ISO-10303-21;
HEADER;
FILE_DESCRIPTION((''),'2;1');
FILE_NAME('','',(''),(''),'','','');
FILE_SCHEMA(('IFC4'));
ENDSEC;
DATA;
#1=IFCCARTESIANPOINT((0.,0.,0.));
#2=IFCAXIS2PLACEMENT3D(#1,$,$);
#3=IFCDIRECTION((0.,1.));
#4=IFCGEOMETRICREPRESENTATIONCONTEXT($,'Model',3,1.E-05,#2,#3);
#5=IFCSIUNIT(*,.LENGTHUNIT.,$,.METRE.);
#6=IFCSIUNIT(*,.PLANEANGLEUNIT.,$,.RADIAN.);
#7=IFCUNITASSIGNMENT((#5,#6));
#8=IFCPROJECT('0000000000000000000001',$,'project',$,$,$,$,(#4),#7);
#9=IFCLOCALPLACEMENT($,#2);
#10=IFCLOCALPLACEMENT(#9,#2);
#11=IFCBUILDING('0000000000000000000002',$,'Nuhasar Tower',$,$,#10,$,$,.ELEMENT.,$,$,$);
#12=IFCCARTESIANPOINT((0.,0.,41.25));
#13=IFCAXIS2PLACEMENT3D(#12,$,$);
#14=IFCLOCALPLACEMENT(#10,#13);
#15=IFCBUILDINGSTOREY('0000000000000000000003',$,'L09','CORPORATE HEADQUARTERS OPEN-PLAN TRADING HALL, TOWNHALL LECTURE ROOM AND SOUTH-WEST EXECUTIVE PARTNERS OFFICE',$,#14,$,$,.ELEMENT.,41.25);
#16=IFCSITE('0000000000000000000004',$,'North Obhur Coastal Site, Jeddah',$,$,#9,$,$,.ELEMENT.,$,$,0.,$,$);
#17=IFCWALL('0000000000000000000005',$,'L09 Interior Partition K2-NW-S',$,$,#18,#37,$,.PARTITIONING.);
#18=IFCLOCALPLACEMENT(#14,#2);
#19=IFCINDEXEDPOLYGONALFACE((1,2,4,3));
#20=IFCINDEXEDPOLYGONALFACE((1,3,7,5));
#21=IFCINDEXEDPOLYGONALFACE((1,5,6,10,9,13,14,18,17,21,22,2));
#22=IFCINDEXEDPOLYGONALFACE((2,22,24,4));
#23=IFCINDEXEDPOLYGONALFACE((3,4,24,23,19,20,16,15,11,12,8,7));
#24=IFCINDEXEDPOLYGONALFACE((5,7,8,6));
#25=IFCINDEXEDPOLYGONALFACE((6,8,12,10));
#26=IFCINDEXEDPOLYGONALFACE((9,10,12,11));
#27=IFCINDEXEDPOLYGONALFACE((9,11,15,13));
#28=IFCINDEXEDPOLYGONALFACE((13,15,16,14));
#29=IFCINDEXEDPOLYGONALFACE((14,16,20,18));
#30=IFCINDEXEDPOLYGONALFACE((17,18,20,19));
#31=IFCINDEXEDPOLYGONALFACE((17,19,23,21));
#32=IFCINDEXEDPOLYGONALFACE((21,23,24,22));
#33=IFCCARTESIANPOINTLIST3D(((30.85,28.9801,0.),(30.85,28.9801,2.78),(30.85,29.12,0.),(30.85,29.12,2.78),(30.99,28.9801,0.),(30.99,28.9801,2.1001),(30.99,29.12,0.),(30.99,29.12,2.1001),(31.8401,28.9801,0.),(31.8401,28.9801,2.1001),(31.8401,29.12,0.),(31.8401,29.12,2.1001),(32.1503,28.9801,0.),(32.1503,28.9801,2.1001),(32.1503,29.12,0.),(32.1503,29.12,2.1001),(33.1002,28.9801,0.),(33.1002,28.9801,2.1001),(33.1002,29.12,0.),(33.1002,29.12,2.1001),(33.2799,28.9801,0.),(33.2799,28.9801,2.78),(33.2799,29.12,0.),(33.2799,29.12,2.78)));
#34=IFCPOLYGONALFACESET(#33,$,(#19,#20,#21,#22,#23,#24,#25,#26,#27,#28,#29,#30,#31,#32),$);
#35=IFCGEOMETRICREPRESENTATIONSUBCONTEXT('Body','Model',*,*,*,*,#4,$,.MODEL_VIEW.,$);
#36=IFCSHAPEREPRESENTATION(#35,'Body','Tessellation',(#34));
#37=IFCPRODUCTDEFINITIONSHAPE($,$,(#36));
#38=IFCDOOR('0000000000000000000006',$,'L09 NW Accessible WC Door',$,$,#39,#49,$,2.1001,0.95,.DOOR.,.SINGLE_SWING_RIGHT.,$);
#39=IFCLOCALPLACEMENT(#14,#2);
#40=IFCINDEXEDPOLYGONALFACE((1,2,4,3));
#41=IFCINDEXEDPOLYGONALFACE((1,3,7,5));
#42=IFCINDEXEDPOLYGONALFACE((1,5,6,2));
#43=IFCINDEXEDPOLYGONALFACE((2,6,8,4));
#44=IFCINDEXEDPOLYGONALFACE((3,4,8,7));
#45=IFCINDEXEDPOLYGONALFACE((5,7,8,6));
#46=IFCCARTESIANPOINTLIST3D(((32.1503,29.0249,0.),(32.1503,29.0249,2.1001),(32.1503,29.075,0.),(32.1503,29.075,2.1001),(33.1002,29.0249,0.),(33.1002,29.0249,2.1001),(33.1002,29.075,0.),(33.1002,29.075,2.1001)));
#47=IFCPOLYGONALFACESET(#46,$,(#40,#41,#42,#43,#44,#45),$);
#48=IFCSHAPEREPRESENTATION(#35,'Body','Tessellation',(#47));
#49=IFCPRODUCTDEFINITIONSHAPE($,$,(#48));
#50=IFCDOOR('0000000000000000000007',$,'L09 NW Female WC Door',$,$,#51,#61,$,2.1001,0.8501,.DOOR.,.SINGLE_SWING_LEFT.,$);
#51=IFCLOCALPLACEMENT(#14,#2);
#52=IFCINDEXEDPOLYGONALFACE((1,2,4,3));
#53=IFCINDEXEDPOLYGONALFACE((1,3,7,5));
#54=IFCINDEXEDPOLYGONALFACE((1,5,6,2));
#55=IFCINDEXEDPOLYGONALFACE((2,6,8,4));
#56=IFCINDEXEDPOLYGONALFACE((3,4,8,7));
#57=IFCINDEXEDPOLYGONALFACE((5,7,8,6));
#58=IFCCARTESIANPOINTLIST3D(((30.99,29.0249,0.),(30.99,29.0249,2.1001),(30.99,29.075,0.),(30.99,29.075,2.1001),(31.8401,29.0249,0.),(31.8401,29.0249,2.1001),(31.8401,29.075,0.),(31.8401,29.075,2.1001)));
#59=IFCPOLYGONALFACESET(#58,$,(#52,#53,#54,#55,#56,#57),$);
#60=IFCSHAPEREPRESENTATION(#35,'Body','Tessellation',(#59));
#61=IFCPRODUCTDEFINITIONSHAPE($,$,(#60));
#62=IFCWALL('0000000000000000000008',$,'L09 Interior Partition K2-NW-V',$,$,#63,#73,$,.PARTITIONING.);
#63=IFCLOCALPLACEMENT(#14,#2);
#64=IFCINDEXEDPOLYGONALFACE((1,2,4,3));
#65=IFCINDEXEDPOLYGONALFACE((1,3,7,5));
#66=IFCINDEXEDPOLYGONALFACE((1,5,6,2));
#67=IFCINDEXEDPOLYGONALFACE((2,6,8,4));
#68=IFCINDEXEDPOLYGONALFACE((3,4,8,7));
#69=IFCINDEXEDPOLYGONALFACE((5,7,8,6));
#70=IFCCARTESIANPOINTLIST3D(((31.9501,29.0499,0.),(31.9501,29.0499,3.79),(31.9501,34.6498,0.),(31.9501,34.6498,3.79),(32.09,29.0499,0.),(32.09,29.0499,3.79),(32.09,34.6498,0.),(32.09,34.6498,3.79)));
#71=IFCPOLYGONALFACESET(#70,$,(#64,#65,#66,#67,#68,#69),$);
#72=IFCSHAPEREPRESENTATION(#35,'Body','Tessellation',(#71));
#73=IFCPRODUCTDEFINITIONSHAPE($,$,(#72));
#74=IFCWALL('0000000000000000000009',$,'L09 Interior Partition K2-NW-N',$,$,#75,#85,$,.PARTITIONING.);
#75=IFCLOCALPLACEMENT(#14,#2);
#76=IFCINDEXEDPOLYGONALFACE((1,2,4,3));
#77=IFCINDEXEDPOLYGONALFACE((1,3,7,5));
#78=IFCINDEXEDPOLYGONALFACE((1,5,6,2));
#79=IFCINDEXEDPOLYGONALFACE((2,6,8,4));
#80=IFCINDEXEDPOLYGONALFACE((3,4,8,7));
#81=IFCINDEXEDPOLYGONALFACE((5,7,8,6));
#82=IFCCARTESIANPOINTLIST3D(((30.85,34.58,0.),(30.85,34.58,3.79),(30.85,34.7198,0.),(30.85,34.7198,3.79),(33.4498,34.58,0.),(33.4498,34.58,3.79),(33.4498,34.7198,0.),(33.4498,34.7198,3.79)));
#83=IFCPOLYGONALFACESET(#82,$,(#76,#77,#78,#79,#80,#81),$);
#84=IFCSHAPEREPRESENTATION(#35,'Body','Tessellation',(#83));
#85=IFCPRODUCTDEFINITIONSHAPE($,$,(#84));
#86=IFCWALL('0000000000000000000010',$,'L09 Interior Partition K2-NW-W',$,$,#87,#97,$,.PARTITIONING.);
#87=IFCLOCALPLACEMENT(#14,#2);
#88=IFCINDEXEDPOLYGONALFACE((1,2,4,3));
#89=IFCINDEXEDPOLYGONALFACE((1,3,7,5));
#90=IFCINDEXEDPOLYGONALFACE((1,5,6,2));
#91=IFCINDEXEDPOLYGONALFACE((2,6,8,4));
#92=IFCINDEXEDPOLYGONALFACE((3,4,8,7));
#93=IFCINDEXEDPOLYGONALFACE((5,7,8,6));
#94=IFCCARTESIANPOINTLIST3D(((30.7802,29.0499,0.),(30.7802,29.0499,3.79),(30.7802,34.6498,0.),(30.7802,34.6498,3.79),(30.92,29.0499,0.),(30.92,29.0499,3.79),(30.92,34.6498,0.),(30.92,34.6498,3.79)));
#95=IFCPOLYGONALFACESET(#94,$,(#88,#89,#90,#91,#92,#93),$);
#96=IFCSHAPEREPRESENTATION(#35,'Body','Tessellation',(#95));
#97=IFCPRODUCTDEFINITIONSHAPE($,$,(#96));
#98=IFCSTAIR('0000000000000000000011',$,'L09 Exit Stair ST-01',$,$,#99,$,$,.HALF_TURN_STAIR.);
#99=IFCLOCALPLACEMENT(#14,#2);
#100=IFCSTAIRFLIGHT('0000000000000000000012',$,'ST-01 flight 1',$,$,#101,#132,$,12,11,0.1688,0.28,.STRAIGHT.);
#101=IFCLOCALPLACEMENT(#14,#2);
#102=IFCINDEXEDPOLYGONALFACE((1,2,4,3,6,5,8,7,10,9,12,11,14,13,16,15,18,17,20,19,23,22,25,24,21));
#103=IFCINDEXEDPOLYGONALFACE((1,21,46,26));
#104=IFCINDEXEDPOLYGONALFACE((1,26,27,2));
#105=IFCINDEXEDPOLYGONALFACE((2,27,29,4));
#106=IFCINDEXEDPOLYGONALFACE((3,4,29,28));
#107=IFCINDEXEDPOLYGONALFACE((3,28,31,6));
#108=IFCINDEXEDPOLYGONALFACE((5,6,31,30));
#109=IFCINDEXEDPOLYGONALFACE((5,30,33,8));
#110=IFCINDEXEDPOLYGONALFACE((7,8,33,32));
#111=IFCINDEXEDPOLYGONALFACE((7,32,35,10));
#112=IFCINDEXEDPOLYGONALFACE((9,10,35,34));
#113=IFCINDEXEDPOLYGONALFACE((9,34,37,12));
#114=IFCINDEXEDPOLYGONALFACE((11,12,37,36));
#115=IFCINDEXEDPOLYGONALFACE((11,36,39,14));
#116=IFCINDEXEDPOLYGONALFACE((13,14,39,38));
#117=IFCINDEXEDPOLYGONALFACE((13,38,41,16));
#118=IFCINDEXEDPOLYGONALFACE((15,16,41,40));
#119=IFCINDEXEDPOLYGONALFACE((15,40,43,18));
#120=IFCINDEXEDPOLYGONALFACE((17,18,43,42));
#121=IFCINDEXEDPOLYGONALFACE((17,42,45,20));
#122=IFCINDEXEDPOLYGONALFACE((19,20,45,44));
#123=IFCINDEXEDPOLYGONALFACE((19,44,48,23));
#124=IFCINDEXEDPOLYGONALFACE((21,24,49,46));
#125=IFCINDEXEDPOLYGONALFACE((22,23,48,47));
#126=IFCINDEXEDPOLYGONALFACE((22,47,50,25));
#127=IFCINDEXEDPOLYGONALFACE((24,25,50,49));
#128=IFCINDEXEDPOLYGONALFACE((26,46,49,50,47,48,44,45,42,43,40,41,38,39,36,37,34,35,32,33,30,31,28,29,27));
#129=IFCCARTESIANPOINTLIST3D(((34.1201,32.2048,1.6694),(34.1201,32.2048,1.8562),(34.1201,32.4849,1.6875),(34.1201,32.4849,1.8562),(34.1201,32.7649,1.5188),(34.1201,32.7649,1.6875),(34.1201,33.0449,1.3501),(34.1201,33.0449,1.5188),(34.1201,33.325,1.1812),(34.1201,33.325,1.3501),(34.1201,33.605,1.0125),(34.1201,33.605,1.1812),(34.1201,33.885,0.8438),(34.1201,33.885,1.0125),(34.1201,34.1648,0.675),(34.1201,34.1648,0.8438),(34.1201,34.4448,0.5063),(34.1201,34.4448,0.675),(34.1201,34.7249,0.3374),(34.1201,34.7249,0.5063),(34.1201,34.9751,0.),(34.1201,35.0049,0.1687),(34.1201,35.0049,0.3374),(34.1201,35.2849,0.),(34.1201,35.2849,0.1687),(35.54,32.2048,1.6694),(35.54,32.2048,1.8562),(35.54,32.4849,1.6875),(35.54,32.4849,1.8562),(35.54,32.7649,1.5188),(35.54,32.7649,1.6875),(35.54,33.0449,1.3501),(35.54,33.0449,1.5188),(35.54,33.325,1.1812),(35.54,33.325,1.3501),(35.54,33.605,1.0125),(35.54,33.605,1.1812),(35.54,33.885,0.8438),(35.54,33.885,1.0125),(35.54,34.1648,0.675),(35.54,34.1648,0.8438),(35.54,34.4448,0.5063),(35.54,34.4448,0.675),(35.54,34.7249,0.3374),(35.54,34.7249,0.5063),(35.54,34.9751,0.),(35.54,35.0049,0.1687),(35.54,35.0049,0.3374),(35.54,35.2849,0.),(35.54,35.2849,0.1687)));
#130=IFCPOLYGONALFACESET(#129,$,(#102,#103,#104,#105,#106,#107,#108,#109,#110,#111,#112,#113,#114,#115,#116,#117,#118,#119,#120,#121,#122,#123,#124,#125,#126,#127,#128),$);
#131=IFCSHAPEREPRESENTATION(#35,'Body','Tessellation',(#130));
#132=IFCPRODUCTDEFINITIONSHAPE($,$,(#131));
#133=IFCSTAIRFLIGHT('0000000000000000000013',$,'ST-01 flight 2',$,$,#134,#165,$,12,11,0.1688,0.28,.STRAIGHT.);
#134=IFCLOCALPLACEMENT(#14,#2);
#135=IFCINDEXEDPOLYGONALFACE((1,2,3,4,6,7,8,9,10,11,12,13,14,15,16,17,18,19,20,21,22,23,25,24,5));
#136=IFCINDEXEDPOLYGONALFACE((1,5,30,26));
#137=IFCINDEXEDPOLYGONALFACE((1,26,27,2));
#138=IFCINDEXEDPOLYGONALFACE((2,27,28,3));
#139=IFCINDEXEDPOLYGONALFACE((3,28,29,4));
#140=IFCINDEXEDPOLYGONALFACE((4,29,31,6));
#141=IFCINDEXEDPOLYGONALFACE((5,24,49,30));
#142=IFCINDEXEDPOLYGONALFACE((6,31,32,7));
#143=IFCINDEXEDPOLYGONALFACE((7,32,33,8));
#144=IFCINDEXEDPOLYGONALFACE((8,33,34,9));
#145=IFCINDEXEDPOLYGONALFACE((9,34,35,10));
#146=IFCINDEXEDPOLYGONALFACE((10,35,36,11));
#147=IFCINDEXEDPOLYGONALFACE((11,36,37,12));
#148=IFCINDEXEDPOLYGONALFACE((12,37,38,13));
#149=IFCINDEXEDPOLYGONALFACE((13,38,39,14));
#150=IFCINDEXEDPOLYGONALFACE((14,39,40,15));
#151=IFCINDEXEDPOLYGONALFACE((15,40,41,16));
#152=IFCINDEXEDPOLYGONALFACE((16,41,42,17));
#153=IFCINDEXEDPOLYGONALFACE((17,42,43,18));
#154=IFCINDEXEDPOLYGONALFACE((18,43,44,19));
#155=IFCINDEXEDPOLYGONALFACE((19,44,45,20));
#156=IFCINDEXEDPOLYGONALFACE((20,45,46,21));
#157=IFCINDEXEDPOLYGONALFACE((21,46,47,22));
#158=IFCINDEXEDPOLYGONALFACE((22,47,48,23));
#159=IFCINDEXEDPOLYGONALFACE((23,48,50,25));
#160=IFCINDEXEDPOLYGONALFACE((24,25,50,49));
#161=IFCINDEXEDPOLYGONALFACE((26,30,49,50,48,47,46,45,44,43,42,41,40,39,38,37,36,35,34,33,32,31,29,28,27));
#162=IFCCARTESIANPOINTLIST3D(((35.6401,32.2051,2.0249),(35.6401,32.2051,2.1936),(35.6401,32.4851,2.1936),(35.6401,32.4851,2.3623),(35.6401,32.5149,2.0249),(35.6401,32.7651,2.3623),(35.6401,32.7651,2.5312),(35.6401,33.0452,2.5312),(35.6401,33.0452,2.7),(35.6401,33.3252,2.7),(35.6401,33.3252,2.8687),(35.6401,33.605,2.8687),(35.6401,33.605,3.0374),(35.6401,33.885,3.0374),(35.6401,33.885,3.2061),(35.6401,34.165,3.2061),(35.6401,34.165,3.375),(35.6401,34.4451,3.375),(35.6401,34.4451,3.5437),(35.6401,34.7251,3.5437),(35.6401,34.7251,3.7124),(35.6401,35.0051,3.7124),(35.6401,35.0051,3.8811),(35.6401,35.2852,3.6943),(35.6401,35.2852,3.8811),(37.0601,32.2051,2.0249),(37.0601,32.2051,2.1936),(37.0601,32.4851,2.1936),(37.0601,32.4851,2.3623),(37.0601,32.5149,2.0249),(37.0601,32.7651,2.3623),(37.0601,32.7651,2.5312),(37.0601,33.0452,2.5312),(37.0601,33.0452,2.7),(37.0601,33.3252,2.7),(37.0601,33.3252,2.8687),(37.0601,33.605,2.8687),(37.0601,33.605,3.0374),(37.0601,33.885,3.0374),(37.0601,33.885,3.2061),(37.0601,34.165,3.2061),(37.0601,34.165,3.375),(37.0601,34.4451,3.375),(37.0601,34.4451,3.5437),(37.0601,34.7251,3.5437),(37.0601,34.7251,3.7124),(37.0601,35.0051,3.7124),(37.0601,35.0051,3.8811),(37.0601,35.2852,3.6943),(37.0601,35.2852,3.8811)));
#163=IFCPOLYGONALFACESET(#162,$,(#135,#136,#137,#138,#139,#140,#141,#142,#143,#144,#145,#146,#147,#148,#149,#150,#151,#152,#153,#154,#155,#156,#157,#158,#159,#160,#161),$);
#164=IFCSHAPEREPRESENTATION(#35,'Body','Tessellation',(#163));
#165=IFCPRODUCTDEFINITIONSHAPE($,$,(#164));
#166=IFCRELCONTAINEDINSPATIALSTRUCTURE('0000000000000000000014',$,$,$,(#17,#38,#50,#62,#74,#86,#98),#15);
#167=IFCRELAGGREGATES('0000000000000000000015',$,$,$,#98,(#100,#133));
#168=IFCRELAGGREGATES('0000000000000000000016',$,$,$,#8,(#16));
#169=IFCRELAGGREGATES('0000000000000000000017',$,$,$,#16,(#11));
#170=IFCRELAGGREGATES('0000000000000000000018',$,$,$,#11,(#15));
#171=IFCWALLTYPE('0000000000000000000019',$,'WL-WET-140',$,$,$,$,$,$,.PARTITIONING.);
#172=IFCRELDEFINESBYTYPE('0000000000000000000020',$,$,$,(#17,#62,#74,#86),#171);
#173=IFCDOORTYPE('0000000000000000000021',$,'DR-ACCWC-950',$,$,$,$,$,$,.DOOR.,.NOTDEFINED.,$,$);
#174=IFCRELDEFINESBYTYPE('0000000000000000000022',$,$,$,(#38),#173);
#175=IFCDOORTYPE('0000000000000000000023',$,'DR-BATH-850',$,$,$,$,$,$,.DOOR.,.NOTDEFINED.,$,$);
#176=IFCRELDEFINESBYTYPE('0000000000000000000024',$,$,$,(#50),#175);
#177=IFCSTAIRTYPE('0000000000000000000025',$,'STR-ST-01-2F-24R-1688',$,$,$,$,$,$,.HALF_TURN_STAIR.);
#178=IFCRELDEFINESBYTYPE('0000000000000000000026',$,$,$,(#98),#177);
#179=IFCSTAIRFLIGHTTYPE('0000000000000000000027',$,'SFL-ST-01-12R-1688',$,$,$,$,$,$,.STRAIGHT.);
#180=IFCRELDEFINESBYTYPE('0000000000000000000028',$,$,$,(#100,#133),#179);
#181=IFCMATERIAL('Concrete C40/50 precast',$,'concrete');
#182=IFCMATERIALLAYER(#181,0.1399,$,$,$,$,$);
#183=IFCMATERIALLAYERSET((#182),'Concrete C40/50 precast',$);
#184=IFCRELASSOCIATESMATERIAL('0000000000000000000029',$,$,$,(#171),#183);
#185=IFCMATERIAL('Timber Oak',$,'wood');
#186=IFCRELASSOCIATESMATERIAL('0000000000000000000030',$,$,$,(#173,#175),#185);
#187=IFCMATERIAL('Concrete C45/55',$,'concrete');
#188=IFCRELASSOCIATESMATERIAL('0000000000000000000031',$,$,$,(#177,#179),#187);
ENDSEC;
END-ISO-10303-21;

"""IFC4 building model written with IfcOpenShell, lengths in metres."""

from ifc_helpers import new_model, si_unit, direction, frame, frame_2d, origin, place, context, subcontext, project, spatial, polyline, rectangle, outline, extrude, material, layer, layer_set, type_object, element, fill, aggregate, save


model = new_model("IFC4")

# Units and contexts
model_context = context("Model", 3, precision=1e-05, world=origin(), true_north=direction((0.0, 1.0)))
body_context = subcontext(model_context, "Body", "Model", "MODEL_VIEW")
ifc_project = project(units=[si_unit("LENGTHUNIT", "METRE"), si_unit("PLANEANGLEUNIT", "RADIAN")], contexts=[model_context])

# Site, building, storey
site_placement = place(None, origin())
site = spatial("IfcSite", under=ifc_project, at=site_placement, Name="North Obhur Coastal Site, Jeddah", CompositionType="ELEMENT", RefElevation=0.0)
building_placement = place(site_placement, origin())
building = spatial("IfcBuilding", under=site, at=building_placement, Name="Nuhasar Tower", CompositionType="ELEMENT")
storey_placement = place(building_placement, frame((0.0, 0.0, 41.25)))
storey = spatial("IfcBuildingStorey", under=building, at=storey_placement, Name="L09", Description="CORPORATE HEADQUARTERS OPEN-PLAN TRADING HALL, TOWNHALL LECTURE ROOM AND SOUTH-WEST EXECUTIVE PARTNERS OFFICE", CompositionType="ELEMENT", Elevation=41.25)

# Shared definitions
ifc_material_1 = material(Name="Concrete C40/50 precast", Category="concrete")
ifc_layer_1 = layer(ifc_material_1, 0.1399)
ifc_layer_set_1 = layer_set([ifc_layer_1], Name="Concrete C40/50 precast")
wall_type_1 = type_object("IfcWallType", Name="WL-WET-140", PredefinedType="PARTITIONING", material=ifc_layer_set_1)

# Wall, openings, doors
wall_1_placement = place(storey_placement, frame((30.8501, 29.05, 0.0), z_axis=(0.0, 0.0, 1.0), x_axis=(1.0, 0.0, 0.0)))
wall_1 = element("IfcWall", 1, at=wall_1_placement, inside=storey, type_object=wall_type_1, Name="L09 Interior Partition K2-NW-S", PredefinedType="PARTITIONING", context=body_context, shape_type="SweptSolid", body=[
    extrude(rectangle(XDim=2.4299, YDim=0.1399, at=frame_2d((1.2148, 0.0))), origin(), (0.0, 0.0, 1.0), 2.78),
])
opening_1_placement = place(wall_1_placement, frame((0.1399, 0.0, 0.0)))
opening_1 = element("IfcOpeningElement", 2, at=opening_1_placement, cuts=wall_1, PredefinedType="OPENING", context=body_context, shape_type="SweptSolid", body=[
    extrude(rectangle(XDim=0.8501, YDim=2.1001, at=frame_2d((0.425, 1.05))), frame((0.0, 0.0801, 0.0), z_axis=(0.0, -1.0, 0.0), x_axis=(1.0, 0.0, 0.0)), (0.0, 0.0, 1.0), 0.1599),
])
opening_2_placement = place(wall_1_placement, frame((1.3, 0.0, 0.0)))
opening_2 = element("IfcOpeningElement", 3, at=opening_2_placement, cuts=wall_1, PredefinedType="OPENING", context=body_context, shape_type="SweptSolid", body=[
    extrude(rectangle(XDim=0.95, YDim=2.1001, at=frame_2d((0.4751, 1.05))), frame((0.0, 0.0801, 0.0), z_axis=(0.0, -1.0, 0.0), x_axis=(1.0, 0.0, 0.0)), (0.0, 0.0, 1.0), 0.1599),
])
ifc_material_2 = material(Name="Timber Oak", Category="wood")
door_type_1 = type_object("IfcDoorType", Name="DR-ACCWC-950", OperationType="NOTDEFINED", PredefinedType="DOOR", material=ifc_material_2)
door_1_placement = place(opening_2_placement, origin())
door_1 = element("IfcDoor", 4, at=door_1_placement, inside=storey, type_object=door_type_1, Name="L09 NW Accessible WC Door", OperationType="SINGLE_SWING_RIGHT", OverallHeight=2.1001, OverallWidth=0.95, PredefinedType="DOOR", context=body_context, shape_type="SweptSolid", body=[
    extrude(rectangle(XDim=0.95, YDim=2.1001, at=frame_2d((0.4751, 1.05))), frame((0.0, 0.0249, 0.0), z_axis=(0.0, -1.0, 0.0), x_axis=(1.0, 0.0, 0.0)), (0.0, 0.0, 1.0), 0.05),
])
fill(opening_2, door_1)
door_type_2 = type_object("IfcDoorType", Name="DR-BATH-850", OperationType="NOTDEFINED", PredefinedType="DOOR", material=ifc_material_2)
door_2_placement = place(opening_1_placement, origin())
door_2 = element("IfcDoor", 5, at=door_2_placement, inside=storey, type_object=door_type_2, Name="L09 NW Female WC Door", OperationType="SINGLE_SWING_LEFT", OverallHeight=2.1001, OverallWidth=0.8501, PredefinedType="DOOR", context=body_context, shape_type="SweptSolid", body=[
    extrude(rectangle(XDim=0.8501, YDim=2.1001, at=frame_2d((0.425, 1.05))), frame((0.0, 0.0249, 0.0), z_axis=(0.0, -1.0, 0.0), x_axis=(1.0, 0.0, 0.0)), (0.0, 0.0, 1.0), 0.05),
])
fill(opening_1, door_2)

# Walls
wall_2_placement = place(storey_placement, frame((32.02, 29.05, 0.0), z_axis=(0.0, 0.0, 1.0), x_axis=(0.0, 1.0, 0.0)))
element("IfcWall", 6, at=wall_2_placement, inside=storey, type_object=wall_type_1, Name="L09 Interior Partition K2-NW-V", PredefinedType="PARTITIONING", context=body_context, shape_type="SweptSolid", body=[
    extrude(rectangle(XDim=5.5999, YDim=0.1399, at=frame_2d((2.7998, 0.0))), origin(), (0.0, 0.0, 1.0), 3.79),
])
wall_3_placement = place(storey_placement, frame((30.8501, 34.6499, 0.0), z_axis=(0.0, 0.0, 1.0), x_axis=(1.0, 0.0, 0.0)))
element("IfcWall", 7, at=wall_3_placement, inside=storey, type_object=wall_type_1, Name="L09 Interior Partition K2-NW-N", PredefinedType="PARTITIONING", context=body_context, shape_type="SweptSolid", body=[
    extrude(rectangle(XDim=2.5999, YDim=0.1399, at=frame_2d((1.2998, 0.0))), origin(), (0.0, 0.0, 1.0), 3.79),
])
wall_4_placement = place(storey_placement, frame((30.8501, 29.05, 0.0), z_axis=(0.0, 0.0, 1.0), x_axis=(0.0, 1.0, 0.0)))
element("IfcWall", 8, at=wall_4_placement, inside=storey, type_object=wall_type_1, Name="L09 Interior Partition K2-NW-W", PredefinedType="PARTITIONING", context=body_context, shape_type="SweptSolid", body=[
    extrude(rectangle(XDim=5.5999, YDim=0.1399, at=frame_2d((2.7998, 0.0))), origin(), (0.0, 0.0, 1.0), 3.79),
])

# Stair, stair flights
ifc_material_3 = material(Name="Concrete C45/55", Category="concrete")
stair_type_1 = type_object("IfcStairType", Name="STR-ST-01-2F-24R-1688", PredefinedType="HALF_TURN_STAIR", material=ifc_material_3)
stair_1_placement = place(storey_placement, origin())
stair_1 = element("IfcStair", 9, at=stair_1_placement, inside=storey, type_object=stair_type_1, Name="L09 Exit Stair ST-01", PredefinedType="HALF_TURN_STAIR")
stair_flight_type_1 = type_object("IfcStairFlightType", Name="SFL-ST-01-12R-1688", PredefinedType="STRAIGHT", material=ifc_material_3)
stair_flight_1_placement = place(storey_placement, frame((34.8301, 35.2849, 0.0), z_axis=(0.0, 0.0, 1.0), x_axis=(0.0, -1.0, 0.0)))
stair_flight_1 = element("IfcStairFlight", 10, at=stair_flight_1_placement, type_object=stair_flight_type_1, Name="ST-01 flight 1", NumberOfRisers=12, NumberOfTreads=11, PredefinedType="STRAIGHT", RiserHeight=0.1688, TreadLength=0.28, context=body_context, shape_type="SweptSolid", body=[
    extrude(outline(polyline([(0.0, 0.0), (0.0, 0.1687), (0.28, 0.1687), (0.28, 0.3374), (0.5601, 0.3374), (0.5601, 0.5063), (0.8401, 0.5063), (0.8401, 0.675), (1.1201, 0.675), (1.1201, 0.8438), (1.3999, 0.8438), (1.3999, 1.0125), (1.6799, 1.0125), (1.6799, 1.1812), (1.96, 1.1812), (1.96, 1.3501), (2.24, 1.3501), (2.24, 1.5188), (2.52, 1.5188), (2.52, 1.6875), (2.8, 1.6875), (2.8, 1.8562), (3.0801, 1.8562), (3.0801, 2.0249), (3.0801, 1.6694), (0.3098, 0.0), (0.0, 0.0)])), frame((0.0, 0.71, 0.0), z_axis=(0.0, -1.0, 0.0), x_axis=(1.0, 0.0, 0.0)), (0.0, 0.0, 1.0), 1.4199),
])
stair_flight_2_placement = place(storey_placement, frame((36.3501, 32.2051, 2.0249), z_axis=(0.0, 0.0, 1.0), x_axis=(0.0, 1.0, 0.0)))
stair_flight_2 = element("IfcStairFlight", 11, at=stair_flight_2_placement, type_object=stair_flight_type_1, Name="ST-01 flight 2", NumberOfRisers=12, NumberOfTreads=11, PredefinedType="STRAIGHT", RiserHeight=0.1688, TreadLength=0.28, context=body_context, shape_type="SweptSolid", body=[
    extrude(outline(polyline([(0.0, 0.0), (0.0, 0.1687), (0.28, 0.1687), (0.28, 0.3374), (0.5601, 0.3374), (0.5601, 0.5063), (0.8401, 0.5063), (0.8401, 0.675), (1.1201, 0.675), (1.1201, 0.8438), (1.3999, 0.8438), (1.3999, 1.0125), (1.6799, 1.0125), (1.6799, 1.1812), (1.96, 1.1812), (1.96, 1.3501), (2.24, 1.3501), (2.24, 1.5188), (2.52, 1.5188), (2.52, 1.6875), (2.8, 1.6875), (2.8, 1.8562), (3.0801, 1.8562), (3.0801, 2.0249), (3.0801, 1.6694), (0.3098, 0.0), (0.0, 0.0)])), frame((0.0, 0.71, 0.0), z_axis=(0.0, -1.0, 0.0), x_axis=(1.0, 0.0, 0.0)), (0.0, 0.0, 1.0), 1.4199),
])
aggregate(stair_1, [stair_flight_1, stair_flight_2])

save(model, "model.ifc")
